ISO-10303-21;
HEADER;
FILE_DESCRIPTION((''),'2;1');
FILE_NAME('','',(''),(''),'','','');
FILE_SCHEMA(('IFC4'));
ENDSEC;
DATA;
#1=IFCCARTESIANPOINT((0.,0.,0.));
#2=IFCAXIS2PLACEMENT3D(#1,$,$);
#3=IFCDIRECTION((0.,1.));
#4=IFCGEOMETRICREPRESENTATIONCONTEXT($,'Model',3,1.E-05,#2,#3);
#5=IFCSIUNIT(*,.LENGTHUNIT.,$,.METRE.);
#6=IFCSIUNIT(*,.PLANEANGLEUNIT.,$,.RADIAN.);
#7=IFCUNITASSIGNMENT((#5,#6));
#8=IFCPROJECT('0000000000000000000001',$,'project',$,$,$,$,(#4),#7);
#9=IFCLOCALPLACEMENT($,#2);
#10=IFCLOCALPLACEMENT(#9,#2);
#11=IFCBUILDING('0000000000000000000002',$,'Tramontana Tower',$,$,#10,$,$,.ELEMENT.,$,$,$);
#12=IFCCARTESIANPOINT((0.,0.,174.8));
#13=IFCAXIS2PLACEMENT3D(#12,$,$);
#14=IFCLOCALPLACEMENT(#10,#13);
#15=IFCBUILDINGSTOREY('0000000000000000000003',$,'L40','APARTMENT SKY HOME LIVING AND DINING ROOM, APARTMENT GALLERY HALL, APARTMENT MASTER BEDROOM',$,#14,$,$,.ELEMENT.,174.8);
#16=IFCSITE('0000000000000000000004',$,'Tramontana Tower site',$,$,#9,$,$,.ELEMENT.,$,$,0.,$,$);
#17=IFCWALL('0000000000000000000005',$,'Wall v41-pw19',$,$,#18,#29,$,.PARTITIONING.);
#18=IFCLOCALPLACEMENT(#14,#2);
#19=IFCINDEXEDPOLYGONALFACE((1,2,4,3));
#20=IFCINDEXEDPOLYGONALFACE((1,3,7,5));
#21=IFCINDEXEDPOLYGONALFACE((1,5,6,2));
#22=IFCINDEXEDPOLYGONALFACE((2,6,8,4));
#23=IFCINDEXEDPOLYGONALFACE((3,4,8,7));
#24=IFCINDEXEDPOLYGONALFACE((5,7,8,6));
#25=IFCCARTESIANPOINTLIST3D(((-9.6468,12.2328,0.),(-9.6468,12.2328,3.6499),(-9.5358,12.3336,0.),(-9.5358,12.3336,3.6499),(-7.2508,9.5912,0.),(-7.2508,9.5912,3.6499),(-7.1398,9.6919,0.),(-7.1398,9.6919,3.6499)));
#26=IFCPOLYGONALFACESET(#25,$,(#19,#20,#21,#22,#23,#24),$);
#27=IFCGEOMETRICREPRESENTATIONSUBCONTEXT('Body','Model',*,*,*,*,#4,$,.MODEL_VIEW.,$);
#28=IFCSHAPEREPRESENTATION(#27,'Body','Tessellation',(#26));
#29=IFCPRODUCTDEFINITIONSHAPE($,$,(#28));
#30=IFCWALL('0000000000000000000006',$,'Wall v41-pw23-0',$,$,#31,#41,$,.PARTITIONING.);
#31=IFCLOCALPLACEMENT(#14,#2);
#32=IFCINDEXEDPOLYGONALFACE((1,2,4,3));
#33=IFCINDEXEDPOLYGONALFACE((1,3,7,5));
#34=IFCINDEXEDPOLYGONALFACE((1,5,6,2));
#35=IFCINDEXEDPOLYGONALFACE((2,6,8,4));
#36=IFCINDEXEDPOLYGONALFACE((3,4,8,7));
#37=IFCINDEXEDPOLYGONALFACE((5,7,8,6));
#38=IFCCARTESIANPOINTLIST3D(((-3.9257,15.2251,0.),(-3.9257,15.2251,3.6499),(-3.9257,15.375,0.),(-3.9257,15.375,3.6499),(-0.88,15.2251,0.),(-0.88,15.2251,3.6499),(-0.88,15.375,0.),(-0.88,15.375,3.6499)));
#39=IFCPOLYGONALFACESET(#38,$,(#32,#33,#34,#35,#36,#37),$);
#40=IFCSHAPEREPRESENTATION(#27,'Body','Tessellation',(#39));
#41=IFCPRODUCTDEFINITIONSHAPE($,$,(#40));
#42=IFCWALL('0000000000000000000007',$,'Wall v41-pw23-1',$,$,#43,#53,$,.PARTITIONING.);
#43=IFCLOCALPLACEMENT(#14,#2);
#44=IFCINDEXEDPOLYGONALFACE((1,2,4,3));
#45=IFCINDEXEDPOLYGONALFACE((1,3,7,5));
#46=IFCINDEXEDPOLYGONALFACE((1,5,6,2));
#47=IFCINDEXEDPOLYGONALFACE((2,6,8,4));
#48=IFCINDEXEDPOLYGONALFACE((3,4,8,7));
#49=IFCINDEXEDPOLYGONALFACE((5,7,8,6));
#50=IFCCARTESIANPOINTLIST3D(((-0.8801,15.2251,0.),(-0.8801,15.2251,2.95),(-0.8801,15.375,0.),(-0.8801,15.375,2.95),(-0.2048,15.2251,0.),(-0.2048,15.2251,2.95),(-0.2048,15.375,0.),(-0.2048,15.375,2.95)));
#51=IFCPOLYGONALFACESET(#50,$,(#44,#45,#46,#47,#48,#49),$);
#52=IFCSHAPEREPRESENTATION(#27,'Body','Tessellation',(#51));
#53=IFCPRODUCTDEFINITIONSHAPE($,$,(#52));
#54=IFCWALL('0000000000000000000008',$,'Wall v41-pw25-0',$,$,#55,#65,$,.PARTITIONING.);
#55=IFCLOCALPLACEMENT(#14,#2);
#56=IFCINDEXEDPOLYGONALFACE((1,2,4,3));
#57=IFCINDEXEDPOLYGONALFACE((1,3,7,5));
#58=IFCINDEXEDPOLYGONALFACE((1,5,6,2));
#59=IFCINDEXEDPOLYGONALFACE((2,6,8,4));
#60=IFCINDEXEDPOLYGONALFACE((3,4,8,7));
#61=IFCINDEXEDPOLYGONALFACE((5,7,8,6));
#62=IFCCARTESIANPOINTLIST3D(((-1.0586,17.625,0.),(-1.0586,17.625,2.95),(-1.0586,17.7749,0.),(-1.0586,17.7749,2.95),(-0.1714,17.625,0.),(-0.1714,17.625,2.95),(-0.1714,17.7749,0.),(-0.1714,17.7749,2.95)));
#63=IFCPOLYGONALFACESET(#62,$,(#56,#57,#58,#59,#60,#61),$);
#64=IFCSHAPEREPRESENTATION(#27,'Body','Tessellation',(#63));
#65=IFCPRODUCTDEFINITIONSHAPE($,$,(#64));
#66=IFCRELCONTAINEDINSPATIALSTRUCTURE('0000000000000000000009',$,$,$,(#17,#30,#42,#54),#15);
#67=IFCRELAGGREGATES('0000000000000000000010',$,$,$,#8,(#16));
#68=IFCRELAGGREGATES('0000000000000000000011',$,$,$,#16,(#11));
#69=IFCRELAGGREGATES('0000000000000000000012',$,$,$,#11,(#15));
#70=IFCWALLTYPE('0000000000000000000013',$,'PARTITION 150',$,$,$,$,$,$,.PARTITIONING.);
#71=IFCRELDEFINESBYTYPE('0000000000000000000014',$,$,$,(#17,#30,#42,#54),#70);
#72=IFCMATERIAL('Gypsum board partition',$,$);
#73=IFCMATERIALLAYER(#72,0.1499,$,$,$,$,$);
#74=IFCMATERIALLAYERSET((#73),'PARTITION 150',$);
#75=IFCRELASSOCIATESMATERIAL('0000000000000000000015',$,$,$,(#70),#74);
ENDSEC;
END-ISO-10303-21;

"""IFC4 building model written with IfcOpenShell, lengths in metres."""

from ifc_helpers import new_model, si_unit, direction, frame, frame_2d, origin, place, context, subcontext, project, spatial, rectangle, extrude, material, layer, layer_set, type_object, element, save


model = new_model("IFC4")

# Units and contexts
model_context = context("Model", 3, precision=1e-05, world=origin(), true_north=direction((0.0, 1.0)))
body_context = subcontext(model_context, "Body", "Model", "MODEL_VIEW")
ifc_project = project(units=[si_unit("LENGTHUNIT", "METRE"), si_unit("PLANEANGLEUNIT", "RADIAN")], contexts=[model_context])

# Site, building, storey
site_placement = place(None, origin())
site = spatial("IfcSite", under=ifc_project, at=site_placement, Name="Tramontana Tower site", CompositionType="ELEMENT", RefElevation=0.0)
building_placement = place(site_placement, origin())
building = spatial("IfcBuilding", under=site, at=building_placement, Name="Tramontana Tower", CompositionType="ELEMENT")
storey_placement = place(building_placement, frame((0.0, 0.0, 174.8)))
storey = spatial("IfcBuildingStorey", under=building, at=storey_placement, Name="L40", Description="APARTMENT SKY HOME LIVING AND DINING ROOM, APARTMENT GALLERY HALL, APARTMENT MASTER BEDROOM", CompositionType="ELEMENT", Elevation=174.8)

# Shared definitions
ifc_material_1 = material(Name="Gypsum board partition")
ifc_layer_1 = layer(ifc_material_1, 0.1499)
ifc_layer_set_1 = layer_set([ifc_layer_1], Name="PARTITION 150")
wall_type_1 = type_object("IfcWallType", Name="PARTITION 150", PredefinedType="PARTITIONING", material=ifc_layer_set_1)

# Walls
wall_1_placement = place(storey_placement, frame((-9.5913, 12.2832, 0.0), z_axis=(0.0, 0.0, 1.0), x_axis=(0.671834, -0.740702, 0.0)))
element("IfcWall", 1, at=wall_1_placement, inside=storey, type_object=wall_type_1, Name="Wall v41-pw19", PredefinedType="PARTITIONING", context=body_context, shape_type="SweptSolid", body=[
    extrude(rectangle(XDim=3.5664, YDim=0.1499, at=frame_2d((1.7832, 0.0))), origin(), (0.0, 0.0, 1.0), 3.6499),
])
wall_2_placement = place(storey_placement, frame((-3.9258, 15.3, 0.0), z_axis=(0.0, 0.0, 1.0), x_axis=(1.0, 0.0, 0.0)))
element("IfcWall", 2, at=wall_2_placement, inside=storey, type_object=wall_type_1, Name="Wall v41-pw23-0", PredefinedType="PARTITIONING", context=body_context, shape_type="SweptSolid", body=[
    extrude(rectangle(XDim=3.0457, YDim=0.1499, at=frame_2d((1.5229, 0.0))), origin(), (0.0, 0.0, 1.0), 3.6499),
])
wall_3_placement = place(storey_placement, frame((-0.8801, 15.3, 0.0), z_axis=(0.0, 0.0, 1.0), x_axis=(1.0, 0.0, 0.0)))
element("IfcWall", 3, at=wall_3_placement, inside=storey, type_object=wall_type_1, Name="Wall v41-pw23-1", PredefinedType="PARTITIONING", context=body_context, shape_type="SweptSolid", body=[
    extrude(rectangle(XDim=0.6753, YDim=0.1499, at=frame_2d((0.3376, 0.0))), origin(), (0.0, 0.0, 1.0), 2.95),
])
wall_4_placement = place(storey_placement, frame((-1.0586, 17.7, 0.0), z_axis=(0.0, 0.0, 1.0), x_axis=(1.0, 0.0, 0.0)))
element("IfcWall", 4, at=wall_4_placement, inside=storey, type_object=wall_type_1, Name="Wall v41-pw25-0", PredefinedType="PARTITIONING", context=body_context, shape_type="SweptSolid", body=[
    extrude(rectangle(XDim=0.8872, YDim=0.1499, at=frame_2d((0.4436, 0.0))), origin(), (0.0, 0.0, 1.0), 2.95),
])

save(model, "model.ifc")
